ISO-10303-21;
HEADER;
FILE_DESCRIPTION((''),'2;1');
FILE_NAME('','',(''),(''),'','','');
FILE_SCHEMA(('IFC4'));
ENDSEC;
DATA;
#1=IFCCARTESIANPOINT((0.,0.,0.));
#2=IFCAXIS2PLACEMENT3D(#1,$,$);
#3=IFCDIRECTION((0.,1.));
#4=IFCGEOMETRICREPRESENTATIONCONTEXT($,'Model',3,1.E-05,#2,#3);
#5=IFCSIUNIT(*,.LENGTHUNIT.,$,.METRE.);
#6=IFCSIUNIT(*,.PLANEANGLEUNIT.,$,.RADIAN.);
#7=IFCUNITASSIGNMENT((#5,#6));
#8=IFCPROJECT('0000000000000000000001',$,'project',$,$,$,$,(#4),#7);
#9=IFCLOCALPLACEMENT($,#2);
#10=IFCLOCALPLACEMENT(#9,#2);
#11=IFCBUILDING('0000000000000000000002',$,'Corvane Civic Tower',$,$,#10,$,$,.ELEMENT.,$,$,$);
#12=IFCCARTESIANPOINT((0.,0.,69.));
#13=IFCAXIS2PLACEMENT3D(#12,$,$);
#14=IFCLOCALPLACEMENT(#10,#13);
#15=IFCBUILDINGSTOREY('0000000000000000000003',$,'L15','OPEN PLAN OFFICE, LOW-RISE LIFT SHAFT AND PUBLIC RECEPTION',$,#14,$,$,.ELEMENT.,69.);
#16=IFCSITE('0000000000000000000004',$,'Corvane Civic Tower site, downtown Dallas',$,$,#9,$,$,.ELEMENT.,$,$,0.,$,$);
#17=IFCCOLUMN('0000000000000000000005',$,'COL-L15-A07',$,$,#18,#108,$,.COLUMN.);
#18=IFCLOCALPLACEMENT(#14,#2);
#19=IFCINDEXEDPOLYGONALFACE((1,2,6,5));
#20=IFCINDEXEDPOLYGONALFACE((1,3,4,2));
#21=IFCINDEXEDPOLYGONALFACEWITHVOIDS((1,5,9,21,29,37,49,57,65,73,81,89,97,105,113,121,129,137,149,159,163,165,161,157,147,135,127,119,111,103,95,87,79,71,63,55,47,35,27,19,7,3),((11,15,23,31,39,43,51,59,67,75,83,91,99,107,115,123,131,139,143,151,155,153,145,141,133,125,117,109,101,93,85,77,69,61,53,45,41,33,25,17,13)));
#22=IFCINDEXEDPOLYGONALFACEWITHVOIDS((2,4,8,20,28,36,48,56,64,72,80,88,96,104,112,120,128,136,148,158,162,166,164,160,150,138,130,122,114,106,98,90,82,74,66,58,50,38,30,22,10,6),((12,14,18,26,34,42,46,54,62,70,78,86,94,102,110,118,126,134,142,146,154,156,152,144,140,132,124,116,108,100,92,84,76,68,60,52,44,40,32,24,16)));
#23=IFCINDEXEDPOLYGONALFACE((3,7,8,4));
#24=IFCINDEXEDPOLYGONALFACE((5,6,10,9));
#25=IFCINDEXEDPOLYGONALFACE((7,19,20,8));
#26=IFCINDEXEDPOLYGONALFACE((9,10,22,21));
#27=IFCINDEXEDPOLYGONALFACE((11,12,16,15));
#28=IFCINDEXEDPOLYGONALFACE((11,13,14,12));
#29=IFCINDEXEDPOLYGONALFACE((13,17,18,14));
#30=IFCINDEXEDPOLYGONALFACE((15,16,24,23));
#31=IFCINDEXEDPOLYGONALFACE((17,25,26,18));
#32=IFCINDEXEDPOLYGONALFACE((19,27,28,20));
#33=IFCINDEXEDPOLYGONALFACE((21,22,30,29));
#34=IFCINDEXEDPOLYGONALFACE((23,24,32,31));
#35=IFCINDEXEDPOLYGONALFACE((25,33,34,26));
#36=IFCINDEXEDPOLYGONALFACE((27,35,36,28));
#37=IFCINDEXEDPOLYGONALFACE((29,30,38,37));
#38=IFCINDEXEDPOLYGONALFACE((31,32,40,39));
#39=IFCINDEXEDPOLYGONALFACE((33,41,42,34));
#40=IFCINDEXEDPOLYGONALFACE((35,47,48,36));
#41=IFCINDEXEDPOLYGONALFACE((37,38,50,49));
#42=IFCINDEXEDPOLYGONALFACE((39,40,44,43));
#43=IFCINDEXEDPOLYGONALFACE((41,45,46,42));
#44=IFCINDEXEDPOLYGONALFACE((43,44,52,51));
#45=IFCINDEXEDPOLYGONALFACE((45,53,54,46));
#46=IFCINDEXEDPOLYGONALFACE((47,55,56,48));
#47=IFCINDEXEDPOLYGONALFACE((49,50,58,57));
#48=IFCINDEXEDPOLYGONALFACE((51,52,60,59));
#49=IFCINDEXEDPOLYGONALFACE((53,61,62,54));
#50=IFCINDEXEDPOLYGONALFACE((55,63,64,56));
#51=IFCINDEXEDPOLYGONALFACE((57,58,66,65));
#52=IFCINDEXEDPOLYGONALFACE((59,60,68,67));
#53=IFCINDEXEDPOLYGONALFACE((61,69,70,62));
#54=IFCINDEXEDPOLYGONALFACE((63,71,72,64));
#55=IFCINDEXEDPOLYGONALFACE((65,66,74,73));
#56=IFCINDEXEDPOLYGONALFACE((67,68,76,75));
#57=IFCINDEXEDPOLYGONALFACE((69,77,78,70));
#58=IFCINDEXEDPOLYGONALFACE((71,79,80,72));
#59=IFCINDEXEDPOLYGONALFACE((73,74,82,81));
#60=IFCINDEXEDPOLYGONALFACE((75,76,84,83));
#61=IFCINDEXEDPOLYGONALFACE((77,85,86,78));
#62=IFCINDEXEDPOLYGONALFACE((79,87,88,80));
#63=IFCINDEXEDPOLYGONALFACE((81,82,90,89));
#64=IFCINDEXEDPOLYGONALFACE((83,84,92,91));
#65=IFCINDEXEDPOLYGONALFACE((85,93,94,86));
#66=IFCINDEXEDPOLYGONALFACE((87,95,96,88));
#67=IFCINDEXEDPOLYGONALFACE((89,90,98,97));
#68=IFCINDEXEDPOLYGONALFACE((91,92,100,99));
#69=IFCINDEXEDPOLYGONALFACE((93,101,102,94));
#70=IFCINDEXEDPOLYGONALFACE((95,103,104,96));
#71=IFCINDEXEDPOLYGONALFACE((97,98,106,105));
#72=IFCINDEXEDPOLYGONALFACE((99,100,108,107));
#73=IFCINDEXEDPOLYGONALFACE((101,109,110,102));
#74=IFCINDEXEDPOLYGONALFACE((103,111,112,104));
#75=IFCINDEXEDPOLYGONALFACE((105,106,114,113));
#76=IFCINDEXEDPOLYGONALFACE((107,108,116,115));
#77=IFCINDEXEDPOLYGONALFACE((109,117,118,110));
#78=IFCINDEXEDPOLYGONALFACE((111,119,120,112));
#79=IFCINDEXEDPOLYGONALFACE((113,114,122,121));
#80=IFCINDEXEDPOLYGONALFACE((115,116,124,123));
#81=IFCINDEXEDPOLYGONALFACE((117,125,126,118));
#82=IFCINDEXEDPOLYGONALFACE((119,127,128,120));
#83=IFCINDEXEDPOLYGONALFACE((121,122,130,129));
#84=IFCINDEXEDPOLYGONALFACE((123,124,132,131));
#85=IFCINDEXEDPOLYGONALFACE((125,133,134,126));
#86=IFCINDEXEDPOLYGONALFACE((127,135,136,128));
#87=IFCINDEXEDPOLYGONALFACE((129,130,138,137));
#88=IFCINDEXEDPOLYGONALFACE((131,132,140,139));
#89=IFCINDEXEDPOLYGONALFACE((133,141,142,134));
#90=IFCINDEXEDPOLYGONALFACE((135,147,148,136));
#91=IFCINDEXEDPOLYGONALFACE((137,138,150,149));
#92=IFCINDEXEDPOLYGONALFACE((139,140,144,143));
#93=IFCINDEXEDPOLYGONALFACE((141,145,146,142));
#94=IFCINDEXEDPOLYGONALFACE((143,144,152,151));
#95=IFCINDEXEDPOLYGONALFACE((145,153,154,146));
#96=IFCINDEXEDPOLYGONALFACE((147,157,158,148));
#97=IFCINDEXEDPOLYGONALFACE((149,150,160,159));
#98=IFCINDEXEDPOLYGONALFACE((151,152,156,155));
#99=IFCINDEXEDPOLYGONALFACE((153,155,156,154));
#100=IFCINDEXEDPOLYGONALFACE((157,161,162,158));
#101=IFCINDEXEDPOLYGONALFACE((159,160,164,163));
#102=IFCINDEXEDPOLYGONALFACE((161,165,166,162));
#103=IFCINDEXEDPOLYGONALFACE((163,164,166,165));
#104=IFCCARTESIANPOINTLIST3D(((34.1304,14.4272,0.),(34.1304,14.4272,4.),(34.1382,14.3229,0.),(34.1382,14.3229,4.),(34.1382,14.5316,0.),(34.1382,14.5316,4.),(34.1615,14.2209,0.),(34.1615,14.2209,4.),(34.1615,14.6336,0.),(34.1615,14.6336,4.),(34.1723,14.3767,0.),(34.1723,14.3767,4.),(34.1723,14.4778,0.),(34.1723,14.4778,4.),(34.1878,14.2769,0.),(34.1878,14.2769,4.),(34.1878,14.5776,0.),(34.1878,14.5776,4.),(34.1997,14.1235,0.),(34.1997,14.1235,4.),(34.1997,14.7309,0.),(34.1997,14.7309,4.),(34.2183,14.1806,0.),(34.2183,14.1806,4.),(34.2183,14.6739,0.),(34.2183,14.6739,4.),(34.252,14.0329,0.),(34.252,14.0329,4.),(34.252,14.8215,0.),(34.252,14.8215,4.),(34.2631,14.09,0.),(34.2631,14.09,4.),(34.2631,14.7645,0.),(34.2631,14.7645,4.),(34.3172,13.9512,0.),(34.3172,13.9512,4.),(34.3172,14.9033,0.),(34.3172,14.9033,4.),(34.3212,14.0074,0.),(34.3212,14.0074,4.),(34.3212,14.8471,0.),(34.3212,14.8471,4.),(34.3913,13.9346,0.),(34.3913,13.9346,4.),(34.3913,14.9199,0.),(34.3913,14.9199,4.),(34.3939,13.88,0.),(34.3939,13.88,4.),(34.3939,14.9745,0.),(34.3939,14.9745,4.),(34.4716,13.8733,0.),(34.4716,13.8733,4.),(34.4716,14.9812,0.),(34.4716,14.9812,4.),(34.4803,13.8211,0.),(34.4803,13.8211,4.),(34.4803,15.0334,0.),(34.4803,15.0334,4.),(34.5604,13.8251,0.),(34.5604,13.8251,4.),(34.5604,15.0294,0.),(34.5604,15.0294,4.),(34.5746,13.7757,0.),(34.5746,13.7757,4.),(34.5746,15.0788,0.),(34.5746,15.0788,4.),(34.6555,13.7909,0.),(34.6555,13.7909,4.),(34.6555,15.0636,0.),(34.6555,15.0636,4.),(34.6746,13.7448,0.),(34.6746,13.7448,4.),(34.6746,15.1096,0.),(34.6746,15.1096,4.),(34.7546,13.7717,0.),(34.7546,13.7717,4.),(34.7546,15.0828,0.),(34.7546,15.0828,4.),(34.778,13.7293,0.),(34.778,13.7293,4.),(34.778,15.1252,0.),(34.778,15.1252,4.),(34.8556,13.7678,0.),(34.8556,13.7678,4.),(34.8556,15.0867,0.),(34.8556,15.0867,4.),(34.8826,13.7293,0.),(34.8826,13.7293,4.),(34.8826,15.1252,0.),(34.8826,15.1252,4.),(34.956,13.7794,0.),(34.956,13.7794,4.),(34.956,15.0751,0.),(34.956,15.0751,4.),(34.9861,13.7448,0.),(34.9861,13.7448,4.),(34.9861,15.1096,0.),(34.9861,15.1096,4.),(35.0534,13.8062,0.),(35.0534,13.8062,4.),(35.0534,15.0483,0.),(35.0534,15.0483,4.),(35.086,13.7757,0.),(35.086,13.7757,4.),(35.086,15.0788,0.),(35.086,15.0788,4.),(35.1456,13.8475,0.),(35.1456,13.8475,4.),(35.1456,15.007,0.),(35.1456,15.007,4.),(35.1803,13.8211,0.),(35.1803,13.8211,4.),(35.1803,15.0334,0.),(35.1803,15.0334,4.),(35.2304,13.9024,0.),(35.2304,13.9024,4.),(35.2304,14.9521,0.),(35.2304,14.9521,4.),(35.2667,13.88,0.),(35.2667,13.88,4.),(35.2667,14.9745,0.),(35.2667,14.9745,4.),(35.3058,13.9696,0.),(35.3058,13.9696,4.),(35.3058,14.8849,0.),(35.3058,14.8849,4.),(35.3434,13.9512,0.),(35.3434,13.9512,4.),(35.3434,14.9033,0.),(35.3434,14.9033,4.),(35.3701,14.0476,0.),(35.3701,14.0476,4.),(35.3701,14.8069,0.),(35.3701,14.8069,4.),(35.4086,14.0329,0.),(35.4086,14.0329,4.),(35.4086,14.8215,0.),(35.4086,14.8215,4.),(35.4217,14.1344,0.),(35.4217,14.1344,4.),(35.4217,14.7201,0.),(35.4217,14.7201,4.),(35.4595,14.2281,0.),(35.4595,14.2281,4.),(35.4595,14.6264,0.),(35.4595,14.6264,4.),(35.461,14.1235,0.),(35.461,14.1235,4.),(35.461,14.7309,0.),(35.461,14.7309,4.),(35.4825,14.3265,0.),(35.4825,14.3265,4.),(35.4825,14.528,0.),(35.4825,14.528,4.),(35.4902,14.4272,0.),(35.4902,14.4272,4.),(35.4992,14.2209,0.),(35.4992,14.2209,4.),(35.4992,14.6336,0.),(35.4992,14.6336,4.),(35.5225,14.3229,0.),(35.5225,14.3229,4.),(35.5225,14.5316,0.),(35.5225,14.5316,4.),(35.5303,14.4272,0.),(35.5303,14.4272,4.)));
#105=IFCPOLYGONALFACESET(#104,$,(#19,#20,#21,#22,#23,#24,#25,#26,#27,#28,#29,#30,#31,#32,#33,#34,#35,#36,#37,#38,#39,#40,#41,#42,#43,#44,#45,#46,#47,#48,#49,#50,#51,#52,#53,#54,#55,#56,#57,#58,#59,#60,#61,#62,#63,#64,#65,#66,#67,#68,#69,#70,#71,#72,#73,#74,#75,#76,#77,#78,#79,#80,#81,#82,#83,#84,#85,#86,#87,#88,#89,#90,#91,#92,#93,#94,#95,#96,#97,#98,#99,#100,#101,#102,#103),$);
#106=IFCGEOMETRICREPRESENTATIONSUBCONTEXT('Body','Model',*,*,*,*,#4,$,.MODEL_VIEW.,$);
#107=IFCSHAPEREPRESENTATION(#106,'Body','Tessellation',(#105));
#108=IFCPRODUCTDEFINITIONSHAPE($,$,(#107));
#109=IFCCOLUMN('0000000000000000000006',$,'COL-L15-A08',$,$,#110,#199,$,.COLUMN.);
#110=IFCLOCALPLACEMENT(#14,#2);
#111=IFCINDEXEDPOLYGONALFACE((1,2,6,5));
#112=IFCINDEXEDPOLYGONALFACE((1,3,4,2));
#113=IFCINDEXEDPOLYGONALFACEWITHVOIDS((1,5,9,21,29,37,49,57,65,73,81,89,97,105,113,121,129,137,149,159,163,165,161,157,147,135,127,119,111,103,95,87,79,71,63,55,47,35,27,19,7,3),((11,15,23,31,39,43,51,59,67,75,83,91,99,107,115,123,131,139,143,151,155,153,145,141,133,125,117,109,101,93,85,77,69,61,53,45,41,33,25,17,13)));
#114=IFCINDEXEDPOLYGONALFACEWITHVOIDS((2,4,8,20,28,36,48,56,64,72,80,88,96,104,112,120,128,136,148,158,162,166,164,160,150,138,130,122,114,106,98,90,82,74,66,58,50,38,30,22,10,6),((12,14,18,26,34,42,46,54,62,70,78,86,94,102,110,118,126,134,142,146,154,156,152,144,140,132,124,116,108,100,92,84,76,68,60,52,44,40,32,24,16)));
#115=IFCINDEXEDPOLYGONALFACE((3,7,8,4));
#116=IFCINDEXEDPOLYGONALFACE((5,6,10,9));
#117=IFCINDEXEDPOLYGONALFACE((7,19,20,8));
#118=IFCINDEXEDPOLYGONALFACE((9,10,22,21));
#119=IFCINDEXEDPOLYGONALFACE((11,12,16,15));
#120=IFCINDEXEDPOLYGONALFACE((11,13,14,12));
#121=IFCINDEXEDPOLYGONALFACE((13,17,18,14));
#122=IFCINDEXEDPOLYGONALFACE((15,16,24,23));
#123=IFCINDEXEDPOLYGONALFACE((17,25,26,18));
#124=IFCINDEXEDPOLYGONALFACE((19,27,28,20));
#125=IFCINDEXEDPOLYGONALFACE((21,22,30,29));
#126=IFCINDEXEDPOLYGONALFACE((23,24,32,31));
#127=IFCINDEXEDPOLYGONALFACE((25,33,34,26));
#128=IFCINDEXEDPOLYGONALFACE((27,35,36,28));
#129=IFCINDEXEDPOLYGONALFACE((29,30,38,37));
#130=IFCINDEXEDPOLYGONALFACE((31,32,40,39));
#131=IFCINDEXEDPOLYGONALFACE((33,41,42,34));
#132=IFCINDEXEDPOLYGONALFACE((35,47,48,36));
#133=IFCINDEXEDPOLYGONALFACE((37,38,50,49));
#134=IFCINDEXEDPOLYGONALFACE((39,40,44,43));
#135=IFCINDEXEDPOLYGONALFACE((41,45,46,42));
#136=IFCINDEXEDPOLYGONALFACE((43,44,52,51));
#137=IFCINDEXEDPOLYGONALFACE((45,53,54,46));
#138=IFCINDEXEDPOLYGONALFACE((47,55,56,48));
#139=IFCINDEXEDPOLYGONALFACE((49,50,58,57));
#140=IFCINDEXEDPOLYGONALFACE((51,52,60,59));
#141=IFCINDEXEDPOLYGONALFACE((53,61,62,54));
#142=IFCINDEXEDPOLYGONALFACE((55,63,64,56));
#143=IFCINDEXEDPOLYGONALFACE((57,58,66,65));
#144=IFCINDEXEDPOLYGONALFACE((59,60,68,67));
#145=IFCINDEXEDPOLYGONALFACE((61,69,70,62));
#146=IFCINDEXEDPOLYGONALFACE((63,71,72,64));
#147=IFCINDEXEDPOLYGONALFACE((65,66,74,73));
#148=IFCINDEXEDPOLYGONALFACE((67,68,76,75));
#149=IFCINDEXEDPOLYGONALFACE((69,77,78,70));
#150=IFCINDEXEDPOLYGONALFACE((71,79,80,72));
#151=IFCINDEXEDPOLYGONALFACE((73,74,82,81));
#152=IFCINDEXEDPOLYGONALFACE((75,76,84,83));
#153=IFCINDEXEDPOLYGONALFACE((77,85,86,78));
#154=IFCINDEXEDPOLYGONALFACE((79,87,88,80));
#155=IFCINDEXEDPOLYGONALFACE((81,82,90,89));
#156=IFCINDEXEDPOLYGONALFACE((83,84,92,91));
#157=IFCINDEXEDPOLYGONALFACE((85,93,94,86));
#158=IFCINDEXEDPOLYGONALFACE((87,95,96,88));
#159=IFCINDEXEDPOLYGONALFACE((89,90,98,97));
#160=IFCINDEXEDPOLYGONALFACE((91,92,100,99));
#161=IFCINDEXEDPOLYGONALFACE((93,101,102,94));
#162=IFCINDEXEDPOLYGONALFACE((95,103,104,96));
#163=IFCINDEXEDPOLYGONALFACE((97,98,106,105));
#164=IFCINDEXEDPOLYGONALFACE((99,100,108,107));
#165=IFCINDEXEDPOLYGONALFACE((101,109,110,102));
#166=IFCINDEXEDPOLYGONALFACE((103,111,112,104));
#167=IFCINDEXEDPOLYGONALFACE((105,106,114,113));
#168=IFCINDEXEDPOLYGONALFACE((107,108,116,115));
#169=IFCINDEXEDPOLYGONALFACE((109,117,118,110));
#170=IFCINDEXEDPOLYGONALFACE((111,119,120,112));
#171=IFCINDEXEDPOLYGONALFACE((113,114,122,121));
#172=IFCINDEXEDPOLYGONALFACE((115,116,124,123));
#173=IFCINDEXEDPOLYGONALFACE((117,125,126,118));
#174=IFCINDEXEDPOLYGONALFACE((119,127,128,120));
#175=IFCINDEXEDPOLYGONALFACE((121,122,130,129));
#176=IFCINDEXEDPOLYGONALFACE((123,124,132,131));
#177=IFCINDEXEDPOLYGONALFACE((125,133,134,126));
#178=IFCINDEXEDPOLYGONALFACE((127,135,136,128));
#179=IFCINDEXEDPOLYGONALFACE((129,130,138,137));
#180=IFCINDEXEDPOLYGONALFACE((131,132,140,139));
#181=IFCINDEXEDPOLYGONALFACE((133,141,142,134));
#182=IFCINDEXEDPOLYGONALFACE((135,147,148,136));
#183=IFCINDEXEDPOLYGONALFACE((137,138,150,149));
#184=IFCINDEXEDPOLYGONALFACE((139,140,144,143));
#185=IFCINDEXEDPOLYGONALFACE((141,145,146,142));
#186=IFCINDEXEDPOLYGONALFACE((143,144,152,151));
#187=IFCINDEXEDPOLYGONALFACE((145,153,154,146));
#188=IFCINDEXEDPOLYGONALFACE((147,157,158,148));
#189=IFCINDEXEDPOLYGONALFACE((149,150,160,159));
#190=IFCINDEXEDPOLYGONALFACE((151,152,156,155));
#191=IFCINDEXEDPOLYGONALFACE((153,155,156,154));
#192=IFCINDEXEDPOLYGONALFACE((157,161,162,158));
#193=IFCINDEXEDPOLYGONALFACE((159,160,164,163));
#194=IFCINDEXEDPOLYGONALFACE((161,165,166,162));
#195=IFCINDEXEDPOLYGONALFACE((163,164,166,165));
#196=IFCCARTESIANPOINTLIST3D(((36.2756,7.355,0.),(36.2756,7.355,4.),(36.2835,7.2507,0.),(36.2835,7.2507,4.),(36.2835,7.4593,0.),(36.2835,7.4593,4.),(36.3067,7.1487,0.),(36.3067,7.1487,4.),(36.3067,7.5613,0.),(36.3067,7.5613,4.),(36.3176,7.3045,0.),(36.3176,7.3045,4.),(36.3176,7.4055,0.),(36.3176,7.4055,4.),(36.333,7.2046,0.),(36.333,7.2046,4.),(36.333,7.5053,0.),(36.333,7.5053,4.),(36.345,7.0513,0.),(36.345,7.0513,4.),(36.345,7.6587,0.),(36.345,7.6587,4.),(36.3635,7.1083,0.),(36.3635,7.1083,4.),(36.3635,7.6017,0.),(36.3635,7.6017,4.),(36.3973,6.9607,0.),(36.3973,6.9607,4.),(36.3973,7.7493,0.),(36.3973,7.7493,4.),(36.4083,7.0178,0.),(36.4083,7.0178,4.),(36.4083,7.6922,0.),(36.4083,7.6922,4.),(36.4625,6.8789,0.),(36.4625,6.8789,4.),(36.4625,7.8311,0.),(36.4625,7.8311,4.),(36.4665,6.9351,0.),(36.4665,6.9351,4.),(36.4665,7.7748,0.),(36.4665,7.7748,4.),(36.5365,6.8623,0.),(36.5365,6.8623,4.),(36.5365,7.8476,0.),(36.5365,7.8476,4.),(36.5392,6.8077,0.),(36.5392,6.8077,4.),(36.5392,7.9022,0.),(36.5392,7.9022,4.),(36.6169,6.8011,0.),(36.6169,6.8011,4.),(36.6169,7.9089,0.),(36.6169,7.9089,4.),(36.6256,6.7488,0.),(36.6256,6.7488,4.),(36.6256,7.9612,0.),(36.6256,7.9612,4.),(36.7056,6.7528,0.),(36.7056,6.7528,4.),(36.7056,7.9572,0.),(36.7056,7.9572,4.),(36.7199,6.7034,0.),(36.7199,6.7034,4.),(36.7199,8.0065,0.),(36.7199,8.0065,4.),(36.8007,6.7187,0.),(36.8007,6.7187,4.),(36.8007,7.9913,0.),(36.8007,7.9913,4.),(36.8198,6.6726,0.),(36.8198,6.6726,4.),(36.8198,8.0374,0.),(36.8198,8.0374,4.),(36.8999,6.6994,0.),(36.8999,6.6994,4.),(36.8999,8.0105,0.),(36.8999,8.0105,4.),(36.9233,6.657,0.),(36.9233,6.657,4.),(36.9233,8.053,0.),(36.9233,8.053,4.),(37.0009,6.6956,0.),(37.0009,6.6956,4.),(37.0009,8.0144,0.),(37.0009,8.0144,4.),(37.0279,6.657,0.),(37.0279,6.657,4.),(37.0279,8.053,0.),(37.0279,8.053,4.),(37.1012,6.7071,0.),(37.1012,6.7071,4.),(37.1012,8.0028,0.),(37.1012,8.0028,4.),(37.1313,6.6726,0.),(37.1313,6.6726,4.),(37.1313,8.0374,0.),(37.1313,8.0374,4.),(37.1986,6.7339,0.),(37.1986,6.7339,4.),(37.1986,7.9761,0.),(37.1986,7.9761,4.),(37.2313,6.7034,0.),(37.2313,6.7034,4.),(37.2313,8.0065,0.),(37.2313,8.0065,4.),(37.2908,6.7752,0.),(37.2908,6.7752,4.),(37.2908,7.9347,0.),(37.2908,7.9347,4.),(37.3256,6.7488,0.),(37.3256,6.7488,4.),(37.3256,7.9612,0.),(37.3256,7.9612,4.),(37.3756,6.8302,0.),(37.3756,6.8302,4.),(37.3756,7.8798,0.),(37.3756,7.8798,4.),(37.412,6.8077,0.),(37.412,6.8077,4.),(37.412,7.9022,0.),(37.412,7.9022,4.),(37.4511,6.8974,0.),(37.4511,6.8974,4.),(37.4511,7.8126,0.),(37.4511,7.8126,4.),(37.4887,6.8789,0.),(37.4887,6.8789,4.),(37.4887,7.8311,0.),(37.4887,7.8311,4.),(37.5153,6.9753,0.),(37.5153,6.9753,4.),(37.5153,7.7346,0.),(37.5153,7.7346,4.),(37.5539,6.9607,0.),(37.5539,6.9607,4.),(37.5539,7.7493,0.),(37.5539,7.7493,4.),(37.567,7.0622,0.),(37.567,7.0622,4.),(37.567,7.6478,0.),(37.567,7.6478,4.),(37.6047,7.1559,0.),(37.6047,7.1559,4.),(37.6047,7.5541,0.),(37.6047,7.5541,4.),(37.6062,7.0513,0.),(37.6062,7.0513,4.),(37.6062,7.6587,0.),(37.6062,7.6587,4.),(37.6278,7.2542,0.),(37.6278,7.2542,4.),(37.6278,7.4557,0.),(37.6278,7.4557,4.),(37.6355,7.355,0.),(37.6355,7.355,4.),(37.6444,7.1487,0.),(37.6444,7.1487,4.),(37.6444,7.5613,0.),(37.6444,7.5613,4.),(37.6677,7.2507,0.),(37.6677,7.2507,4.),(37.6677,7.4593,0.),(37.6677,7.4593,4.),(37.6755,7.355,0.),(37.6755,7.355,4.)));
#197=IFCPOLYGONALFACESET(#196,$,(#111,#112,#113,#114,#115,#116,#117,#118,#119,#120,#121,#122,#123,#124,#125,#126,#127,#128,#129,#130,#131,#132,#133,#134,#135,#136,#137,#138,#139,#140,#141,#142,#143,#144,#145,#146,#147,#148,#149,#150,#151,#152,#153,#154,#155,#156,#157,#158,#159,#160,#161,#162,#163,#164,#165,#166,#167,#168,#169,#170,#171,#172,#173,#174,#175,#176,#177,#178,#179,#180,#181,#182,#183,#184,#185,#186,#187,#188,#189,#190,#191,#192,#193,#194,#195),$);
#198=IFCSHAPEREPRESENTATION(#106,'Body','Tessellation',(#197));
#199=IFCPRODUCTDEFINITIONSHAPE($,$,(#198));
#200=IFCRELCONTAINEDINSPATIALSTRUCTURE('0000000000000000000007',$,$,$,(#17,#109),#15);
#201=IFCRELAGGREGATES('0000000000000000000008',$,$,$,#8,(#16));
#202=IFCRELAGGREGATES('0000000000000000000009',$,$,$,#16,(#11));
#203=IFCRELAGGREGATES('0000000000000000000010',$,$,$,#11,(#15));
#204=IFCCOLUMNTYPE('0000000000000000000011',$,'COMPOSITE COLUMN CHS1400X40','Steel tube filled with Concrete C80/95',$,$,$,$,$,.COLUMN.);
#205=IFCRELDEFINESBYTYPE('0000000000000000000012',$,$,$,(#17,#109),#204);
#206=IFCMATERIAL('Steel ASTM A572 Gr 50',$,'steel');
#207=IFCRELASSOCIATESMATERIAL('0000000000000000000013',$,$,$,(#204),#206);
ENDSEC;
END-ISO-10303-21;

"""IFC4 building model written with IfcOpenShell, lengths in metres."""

from ifc_helpers import new_model, si_unit, direction, frame, origin, origin_2d, place, context, subcontext, project, spatial, hollow_circle, extrude, material, material_profile, profile_set, type_object, element, save


model = new_model("IFC4")

# Units and contexts
model_context = context("Model", 3, precision=1e-05, world=origin(), true_north=direction((0.0, 1.0)))
body_context = subcontext(model_context, "Body", "Model", "MODEL_VIEW")
ifc_project = project(units=[si_unit("LENGTHUNIT", "METRE"), si_unit("PLANEANGLEUNIT", "RADIAN")], contexts=[model_context])

# Site, building, storey
site_placement = place(None, origin())
site = spatial("IfcSite", under=ifc_project, at=site_placement, Name="Corvane Civic Tower site, downtown Dallas", CompositionType="ELEMENT", RefElevation=0.0)
building_placement = place(site_placement, origin())
building = spatial("IfcBuilding", under=site, at=building_placement, Name="Corvane Civic Tower", CompositionType="ELEMENT")
storey_placement = place(building_placement, frame((0.0, 0.0, 69.0)))
storey = spatial("IfcBuildingStorey", under=building, at=storey_placement, Name="L15", Description="OPEN PLAN OFFICE, LOW-RISE LIFT SHAFT AND PUBLIC RECEPTION", CompositionType="ELEMENT", Elevation=69.0)

# Columns
ifc_material_1 = material(Name="Steel ASTM A572 Gr 50", Category="steel")
ifc_material_profile_1 = material_profile(ifc_material_1, hollow_circle(Radius=0.7, WallThickness=0.04, at=origin_2d()), Name="CHS1400X40")
ifc_profile_set_1 = profile_set([ifc_material_profile_1], Name="Steel ASTM A572 Gr 50")
column_type = type_object("IfcColumnType", Name="COMPOSITE COLUMN CHS1400X40", Description="Steel tube filled with Concrete C80/95", PredefinedType="COLUMN", material=ifc_profile_set_1)
for number, where, z_axis, x_axis, name in (
    (1, (34.8303, 14.4272, 0.0), (0.0, 0.0, 1.0), (1.0, 0.0, 0.0), "COL-L15-A07"),
    (2, (36.9756, 7.355, 0.0), (0.0, 0.0, 1.0), (1.0, 0.0, 0.0), "COL-L15-A08"),
):
    element("IfcColumn", number, at=place(storey_placement, frame(where, z_axis=z_axis, x_axis=x_axis)), inside=storey, type_object=column_type, Name=name, PredefinedType="COLUMN", context=body_context, shape_type="SweptSolid", body=[
        extrude(hollow_circle(Radius=0.7, WallThickness=0.04, at=origin_2d()), origin(), (0.0, 0.0, 1.0), 4.0),
    ])

save(model, "model.ifc")
